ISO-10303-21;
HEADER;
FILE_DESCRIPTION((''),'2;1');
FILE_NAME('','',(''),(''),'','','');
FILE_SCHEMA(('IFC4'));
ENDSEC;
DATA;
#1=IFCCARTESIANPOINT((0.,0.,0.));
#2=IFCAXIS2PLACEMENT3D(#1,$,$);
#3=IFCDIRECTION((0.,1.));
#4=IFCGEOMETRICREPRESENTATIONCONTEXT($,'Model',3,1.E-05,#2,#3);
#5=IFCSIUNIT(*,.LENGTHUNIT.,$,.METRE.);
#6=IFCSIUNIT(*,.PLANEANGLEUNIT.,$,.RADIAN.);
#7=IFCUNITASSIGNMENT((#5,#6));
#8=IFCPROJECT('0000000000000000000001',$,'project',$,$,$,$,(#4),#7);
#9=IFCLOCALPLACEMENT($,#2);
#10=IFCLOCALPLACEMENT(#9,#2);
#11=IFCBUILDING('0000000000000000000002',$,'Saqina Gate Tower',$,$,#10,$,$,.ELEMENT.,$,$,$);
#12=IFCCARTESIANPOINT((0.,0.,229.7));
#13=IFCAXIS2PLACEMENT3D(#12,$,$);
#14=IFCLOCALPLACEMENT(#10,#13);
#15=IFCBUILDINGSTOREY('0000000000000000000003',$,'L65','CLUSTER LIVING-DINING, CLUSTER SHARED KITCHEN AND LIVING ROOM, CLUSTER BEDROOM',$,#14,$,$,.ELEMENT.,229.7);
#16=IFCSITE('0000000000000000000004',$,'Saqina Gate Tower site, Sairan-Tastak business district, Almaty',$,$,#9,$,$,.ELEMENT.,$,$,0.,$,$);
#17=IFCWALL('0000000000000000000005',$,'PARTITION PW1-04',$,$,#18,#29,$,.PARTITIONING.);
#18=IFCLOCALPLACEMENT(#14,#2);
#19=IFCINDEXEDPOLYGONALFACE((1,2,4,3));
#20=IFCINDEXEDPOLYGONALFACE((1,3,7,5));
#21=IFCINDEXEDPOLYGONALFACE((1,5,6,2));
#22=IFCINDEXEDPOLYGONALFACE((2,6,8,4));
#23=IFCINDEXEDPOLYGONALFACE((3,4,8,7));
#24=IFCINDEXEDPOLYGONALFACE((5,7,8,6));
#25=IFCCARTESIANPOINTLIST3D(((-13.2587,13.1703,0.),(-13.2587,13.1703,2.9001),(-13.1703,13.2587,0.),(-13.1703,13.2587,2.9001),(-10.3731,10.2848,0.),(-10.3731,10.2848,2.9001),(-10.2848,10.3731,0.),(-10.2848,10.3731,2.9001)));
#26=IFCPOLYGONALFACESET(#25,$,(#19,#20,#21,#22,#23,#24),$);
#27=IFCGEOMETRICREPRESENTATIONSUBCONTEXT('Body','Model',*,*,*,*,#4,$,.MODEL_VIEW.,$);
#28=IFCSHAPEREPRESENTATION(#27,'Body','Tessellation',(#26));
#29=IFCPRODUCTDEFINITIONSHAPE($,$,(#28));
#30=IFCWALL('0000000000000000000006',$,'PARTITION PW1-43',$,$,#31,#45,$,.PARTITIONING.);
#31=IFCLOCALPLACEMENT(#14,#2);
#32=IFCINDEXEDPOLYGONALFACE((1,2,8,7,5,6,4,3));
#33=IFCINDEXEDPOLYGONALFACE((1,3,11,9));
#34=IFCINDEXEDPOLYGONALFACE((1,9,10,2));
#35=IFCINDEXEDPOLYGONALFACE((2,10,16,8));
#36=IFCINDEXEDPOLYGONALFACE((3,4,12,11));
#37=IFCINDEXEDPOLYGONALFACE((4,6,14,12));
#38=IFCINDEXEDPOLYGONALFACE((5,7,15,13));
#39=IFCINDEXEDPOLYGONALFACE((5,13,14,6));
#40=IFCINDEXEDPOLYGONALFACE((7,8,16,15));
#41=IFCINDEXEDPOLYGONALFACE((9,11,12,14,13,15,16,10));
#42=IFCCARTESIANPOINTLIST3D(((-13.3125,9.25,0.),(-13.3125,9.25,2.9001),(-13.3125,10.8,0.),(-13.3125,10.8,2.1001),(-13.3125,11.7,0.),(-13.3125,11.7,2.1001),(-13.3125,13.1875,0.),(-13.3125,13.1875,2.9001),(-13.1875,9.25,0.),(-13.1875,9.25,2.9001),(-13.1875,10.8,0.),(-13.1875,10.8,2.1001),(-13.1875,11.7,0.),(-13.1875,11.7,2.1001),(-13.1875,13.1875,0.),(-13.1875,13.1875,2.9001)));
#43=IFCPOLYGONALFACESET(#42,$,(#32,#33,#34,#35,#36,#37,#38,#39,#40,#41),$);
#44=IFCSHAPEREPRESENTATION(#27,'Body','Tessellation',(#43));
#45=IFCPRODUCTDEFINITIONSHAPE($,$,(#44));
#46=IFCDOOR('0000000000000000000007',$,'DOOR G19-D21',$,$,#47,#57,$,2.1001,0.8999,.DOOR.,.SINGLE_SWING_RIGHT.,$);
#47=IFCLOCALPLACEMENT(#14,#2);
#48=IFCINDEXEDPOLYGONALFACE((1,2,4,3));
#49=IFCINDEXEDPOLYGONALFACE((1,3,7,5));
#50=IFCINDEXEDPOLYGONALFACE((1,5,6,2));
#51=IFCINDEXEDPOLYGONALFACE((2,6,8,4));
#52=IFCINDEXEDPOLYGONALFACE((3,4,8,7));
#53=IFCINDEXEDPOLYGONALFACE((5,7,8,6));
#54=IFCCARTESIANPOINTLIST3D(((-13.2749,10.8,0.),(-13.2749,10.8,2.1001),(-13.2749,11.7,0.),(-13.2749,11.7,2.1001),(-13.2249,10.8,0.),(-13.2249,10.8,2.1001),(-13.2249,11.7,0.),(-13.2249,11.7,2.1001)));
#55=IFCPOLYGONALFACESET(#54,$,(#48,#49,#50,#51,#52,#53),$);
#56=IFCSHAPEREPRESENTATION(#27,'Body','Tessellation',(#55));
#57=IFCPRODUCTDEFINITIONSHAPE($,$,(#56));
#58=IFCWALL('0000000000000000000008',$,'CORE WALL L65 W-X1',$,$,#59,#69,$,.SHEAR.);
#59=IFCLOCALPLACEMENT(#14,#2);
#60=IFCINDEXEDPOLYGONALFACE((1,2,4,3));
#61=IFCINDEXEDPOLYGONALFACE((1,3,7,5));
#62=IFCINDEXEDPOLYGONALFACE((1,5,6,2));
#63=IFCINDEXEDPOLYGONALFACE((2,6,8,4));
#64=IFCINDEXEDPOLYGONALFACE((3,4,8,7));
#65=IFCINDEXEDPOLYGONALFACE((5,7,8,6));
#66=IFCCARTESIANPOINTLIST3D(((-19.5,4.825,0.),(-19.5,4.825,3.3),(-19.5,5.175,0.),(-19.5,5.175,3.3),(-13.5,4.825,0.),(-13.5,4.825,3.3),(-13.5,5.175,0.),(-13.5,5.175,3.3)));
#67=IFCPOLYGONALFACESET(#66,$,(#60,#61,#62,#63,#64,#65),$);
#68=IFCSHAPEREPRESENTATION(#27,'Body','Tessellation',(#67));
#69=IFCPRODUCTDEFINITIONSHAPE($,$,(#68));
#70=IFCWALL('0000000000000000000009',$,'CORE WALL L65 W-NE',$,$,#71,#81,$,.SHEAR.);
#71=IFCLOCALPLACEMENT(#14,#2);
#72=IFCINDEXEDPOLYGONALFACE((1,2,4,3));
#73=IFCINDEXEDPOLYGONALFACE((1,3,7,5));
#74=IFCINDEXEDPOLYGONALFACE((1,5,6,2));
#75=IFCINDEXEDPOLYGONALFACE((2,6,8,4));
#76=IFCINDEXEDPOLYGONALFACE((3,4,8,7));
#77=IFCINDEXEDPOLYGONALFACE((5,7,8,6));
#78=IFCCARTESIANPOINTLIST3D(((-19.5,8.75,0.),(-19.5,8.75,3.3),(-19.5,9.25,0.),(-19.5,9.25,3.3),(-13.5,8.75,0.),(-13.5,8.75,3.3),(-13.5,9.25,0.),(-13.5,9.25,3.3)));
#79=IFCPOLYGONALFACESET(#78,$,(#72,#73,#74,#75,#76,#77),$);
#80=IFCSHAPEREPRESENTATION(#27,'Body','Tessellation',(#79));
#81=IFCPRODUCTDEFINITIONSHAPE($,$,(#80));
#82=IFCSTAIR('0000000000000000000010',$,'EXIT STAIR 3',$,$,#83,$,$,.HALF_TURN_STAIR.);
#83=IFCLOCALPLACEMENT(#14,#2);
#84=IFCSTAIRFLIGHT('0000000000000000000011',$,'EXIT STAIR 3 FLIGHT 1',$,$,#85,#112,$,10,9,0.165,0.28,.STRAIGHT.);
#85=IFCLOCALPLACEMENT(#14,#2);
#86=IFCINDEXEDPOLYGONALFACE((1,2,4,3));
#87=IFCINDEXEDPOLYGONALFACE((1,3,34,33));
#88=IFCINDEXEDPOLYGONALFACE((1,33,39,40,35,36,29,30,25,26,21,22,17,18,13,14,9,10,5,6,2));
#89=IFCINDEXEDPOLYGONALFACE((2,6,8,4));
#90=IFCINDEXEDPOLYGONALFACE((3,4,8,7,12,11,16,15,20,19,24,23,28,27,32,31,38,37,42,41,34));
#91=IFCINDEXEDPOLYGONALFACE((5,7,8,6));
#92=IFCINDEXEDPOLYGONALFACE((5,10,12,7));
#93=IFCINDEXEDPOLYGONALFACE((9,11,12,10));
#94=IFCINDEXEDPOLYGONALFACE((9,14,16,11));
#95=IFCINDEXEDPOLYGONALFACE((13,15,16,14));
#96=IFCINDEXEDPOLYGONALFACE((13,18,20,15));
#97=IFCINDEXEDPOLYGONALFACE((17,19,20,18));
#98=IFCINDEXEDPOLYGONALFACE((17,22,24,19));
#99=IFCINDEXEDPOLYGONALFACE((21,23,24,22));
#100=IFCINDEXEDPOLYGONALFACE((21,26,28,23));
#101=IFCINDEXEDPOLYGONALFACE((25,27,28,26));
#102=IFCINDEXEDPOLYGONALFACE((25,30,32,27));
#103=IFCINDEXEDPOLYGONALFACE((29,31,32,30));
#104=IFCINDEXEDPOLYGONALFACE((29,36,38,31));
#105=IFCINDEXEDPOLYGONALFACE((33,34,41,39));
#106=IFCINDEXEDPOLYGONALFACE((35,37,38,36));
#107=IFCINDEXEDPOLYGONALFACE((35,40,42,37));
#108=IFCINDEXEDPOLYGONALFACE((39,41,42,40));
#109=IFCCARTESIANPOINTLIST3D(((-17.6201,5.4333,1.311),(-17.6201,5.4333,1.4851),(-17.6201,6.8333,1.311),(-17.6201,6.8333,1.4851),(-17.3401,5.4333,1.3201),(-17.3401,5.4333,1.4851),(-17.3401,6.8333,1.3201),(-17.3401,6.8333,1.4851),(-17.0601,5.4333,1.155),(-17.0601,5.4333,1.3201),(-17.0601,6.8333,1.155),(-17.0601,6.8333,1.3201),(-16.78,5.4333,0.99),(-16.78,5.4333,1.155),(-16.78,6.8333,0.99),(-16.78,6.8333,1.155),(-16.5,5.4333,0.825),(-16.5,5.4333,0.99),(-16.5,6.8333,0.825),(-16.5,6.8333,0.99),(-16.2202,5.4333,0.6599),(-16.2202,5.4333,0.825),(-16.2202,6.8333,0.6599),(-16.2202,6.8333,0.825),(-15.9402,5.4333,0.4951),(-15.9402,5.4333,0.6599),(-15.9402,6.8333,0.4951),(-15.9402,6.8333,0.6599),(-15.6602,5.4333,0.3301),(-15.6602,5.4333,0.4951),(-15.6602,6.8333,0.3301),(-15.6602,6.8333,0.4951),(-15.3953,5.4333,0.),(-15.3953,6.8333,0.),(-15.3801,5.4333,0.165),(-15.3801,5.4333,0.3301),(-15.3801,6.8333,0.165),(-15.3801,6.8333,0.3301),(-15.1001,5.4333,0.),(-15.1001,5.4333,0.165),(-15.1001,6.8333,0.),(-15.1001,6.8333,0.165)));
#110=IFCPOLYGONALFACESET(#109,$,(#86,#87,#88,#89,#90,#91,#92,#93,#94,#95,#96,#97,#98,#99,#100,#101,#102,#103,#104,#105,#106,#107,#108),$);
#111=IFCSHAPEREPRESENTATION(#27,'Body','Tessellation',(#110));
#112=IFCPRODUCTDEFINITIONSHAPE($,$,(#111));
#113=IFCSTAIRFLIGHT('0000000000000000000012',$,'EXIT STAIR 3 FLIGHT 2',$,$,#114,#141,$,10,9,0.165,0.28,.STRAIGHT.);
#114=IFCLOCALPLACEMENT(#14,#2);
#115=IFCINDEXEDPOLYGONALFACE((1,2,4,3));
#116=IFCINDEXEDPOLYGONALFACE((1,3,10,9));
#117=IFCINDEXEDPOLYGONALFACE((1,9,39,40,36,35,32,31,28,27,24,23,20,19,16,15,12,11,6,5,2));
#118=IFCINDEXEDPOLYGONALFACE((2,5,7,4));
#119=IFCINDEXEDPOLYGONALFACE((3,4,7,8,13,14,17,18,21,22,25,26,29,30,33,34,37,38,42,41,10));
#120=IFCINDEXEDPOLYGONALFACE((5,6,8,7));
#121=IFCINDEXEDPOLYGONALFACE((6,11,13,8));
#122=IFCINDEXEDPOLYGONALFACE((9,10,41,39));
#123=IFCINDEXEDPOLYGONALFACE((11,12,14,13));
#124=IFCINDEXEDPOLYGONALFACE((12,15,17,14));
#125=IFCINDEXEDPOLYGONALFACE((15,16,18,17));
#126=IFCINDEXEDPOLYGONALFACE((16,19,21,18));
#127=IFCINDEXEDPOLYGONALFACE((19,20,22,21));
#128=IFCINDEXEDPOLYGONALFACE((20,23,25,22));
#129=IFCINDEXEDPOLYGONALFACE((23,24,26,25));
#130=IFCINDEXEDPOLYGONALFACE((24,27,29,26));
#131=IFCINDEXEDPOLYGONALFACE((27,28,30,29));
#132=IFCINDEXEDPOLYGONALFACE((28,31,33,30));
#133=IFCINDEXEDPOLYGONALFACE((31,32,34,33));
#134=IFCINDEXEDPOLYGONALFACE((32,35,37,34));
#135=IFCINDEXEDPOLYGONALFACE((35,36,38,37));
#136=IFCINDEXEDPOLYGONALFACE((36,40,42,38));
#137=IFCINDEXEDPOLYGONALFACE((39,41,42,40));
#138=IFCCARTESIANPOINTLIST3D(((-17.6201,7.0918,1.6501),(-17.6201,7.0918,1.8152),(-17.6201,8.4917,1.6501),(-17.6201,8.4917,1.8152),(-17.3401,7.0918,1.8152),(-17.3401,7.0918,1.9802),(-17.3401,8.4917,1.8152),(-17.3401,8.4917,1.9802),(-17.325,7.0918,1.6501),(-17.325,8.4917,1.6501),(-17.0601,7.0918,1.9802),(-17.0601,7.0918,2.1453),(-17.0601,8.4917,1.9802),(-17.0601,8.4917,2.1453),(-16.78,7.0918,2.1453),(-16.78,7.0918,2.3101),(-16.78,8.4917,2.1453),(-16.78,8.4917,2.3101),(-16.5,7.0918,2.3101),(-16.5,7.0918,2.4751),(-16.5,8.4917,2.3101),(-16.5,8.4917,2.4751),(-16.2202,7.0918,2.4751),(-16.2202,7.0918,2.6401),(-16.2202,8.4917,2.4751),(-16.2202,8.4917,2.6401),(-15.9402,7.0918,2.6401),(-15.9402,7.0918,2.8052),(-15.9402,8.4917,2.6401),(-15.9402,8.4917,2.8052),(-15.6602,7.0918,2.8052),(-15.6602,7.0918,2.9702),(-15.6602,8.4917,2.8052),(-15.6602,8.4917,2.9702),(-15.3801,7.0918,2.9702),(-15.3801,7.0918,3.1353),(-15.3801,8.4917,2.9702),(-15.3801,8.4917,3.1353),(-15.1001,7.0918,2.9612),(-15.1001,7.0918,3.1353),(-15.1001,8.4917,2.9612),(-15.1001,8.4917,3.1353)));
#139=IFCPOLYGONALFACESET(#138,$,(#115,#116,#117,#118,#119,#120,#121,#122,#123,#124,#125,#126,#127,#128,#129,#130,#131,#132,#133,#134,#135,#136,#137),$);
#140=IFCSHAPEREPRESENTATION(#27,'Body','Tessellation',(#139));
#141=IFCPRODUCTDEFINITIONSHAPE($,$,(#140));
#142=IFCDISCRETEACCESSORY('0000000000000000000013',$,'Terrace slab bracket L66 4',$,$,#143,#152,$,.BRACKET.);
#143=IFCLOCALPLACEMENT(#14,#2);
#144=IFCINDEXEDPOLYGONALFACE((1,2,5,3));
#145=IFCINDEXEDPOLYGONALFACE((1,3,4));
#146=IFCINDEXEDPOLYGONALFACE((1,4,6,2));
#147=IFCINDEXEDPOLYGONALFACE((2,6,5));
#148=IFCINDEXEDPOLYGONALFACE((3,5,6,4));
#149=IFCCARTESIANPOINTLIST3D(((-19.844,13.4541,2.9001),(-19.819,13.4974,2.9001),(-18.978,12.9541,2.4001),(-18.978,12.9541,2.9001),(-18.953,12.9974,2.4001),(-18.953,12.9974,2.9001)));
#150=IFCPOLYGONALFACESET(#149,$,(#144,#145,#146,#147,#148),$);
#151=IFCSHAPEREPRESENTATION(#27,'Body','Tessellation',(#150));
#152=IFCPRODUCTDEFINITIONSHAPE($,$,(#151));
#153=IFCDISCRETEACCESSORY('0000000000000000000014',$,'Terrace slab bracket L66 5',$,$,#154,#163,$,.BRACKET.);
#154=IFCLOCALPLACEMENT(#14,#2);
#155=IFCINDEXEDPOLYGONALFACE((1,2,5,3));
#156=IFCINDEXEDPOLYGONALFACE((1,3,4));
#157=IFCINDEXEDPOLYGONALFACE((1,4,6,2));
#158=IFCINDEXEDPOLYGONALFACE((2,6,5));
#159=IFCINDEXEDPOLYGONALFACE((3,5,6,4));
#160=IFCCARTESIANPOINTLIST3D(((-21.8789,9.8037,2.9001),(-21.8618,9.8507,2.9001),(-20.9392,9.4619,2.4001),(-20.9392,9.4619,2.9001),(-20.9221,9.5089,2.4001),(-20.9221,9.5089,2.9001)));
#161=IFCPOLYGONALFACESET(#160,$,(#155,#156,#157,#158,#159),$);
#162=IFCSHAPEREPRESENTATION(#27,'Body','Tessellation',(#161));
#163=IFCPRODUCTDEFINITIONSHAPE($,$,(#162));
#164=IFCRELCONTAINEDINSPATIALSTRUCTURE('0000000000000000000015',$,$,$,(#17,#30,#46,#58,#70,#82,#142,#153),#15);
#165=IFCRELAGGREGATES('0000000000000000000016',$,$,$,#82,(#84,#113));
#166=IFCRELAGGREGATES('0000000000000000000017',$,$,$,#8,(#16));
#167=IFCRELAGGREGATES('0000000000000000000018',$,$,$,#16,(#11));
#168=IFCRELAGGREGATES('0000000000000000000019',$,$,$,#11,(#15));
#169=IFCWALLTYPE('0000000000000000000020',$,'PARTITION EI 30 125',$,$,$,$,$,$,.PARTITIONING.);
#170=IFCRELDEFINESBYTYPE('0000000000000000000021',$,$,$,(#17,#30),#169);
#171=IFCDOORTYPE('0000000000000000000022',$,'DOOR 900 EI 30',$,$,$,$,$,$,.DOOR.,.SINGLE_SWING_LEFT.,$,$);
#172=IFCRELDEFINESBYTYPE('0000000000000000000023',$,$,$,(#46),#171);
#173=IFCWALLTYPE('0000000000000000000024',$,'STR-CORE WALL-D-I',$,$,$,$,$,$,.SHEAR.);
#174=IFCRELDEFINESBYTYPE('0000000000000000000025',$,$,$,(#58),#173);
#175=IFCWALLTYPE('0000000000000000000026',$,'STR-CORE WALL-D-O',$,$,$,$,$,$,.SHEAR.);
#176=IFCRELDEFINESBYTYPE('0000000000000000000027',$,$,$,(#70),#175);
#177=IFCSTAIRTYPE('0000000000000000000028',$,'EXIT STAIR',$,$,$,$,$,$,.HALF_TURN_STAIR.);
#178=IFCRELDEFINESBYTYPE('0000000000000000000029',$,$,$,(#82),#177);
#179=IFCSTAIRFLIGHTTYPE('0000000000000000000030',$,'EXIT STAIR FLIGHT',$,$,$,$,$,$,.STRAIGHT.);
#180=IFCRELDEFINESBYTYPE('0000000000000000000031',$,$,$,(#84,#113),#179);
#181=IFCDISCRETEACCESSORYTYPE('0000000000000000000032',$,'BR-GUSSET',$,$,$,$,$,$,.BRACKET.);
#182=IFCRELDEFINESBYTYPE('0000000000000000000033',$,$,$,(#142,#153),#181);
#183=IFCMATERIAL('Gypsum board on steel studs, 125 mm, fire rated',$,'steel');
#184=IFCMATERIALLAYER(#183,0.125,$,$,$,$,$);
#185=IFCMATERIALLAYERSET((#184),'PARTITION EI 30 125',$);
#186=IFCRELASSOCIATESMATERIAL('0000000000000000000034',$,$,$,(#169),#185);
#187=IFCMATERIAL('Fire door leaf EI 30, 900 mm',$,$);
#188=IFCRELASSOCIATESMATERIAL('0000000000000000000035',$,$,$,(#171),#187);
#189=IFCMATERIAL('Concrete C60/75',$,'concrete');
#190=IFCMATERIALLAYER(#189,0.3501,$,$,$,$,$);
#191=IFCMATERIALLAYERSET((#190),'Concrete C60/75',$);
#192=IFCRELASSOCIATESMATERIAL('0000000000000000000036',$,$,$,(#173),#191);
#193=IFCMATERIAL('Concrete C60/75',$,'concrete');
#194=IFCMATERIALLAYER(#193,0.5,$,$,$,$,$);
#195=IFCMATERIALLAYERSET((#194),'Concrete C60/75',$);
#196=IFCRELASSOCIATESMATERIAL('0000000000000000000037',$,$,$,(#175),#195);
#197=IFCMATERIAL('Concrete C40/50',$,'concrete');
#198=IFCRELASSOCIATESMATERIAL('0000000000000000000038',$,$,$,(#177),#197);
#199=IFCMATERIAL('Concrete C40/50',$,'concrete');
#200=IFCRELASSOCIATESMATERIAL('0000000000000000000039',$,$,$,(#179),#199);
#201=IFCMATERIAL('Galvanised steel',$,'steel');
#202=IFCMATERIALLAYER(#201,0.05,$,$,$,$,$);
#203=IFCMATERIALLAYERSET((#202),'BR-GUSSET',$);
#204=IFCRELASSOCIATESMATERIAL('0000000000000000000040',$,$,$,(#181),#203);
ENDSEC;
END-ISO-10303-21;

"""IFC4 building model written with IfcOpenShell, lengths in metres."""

from ifc_helpers import new_model, si_unit, direction, frame, frame_2d, origin, place, context, subcontext, project, spatial, polyline, rectangle, outline, extrude, material, layer, layer_set, type_object, element, fill, aggregate, save


model = new_model("IFC4")

# Units and contexts
model_context = context("Model", 3, precision=1e-05, world=origin(), true_north=direction((0.0, 1.0)))
body_context = subcontext(model_context, "Body", "Model", "MODEL_VIEW")
ifc_project = project(units=[si_unit("LENGTHUNIT", "METRE"), si_unit("PLANEANGLEUNIT", "RADIAN")], contexts=[model_context])

# Site, building, storey
site_placement = place(None, origin())
site = spatial("IfcSite", under=ifc_project, at=site_placement, Name="Saqina Gate Tower site, Sairan-Tastak business district, Almaty", CompositionType="ELEMENT", RefElevation=0.0)
building_placement = place(site_placement, origin())
building = spatial("IfcBuilding", under=site, at=building_placement, Name="Saqina Gate Tower", CompositionType="ELEMENT")
storey_placement = place(building_placement, frame((0.0, 0.0, 229.7)))
storey = spatial("IfcBuildingStorey", under=building, at=storey_placement, Name="L65", Description="CLUSTER LIVING-DINING, CLUSTER SHARED KITCHEN AND LIVING ROOM, CLUSTER BEDROOM", CompositionType="ELEMENT", Elevation=229.7)

# Wall
ifc_material_1 = material(Name="Gypsum board on steel studs, 125 mm, fire rated", Category="steel")
ifc_layer_1 = layer(ifc_material_1, 0.125)
ifc_layer_set_1 = layer_set([ifc_layer_1], Name="PARTITION EI 30 125")
wall_type_1 = type_object("IfcWallType", Name="PARTITION EI 30 125", PredefinedType="PARTITIONING", material=ifc_layer_set_1)
wall_1_placement = place(storey_placement, frame((-13.2146, 13.2146, 0.0), z_axis=(0.0, 0.0, 1.0), x_axis=(0.707107, -0.707107, 0.0)))
element("IfcWall", 1, at=wall_1_placement, inside=storey, type_object=wall_type_1, Name="PARTITION PW1-04", PredefinedType="PARTITIONING", context=body_context, shape_type="SweptSolid", body=[
    extrude(rectangle(XDim=4.0808, YDim=0.125, at=frame_2d((2.0405, 0.0))), origin(), (0.0, 0.0, 1.0), 2.9001),
])

# Wall, opening, door
wall_2_placement = place(storey_placement, frame((-13.25, 9.25, 0.0), z_axis=(0.0, 0.0, 1.0), x_axis=(0.0, 1.0, 0.0)))
wall_2 = element("IfcWall", 2, at=wall_2_placement, inside=storey, type_object=wall_type_1, Name="PARTITION PW1-43", PredefinedType="PARTITIONING", context=body_context, shape_type="SweptSolid", body=[
    extrude(rectangle(XDim=3.9375, YDim=0.125, at=frame_2d((1.9688, 0.0))), origin(), (0.0, 0.0, 1.0), 2.9001),
])
opening_1_placement = place(wall_2_placement, frame((1.55, 0.0, 0.0)))
opening_1 = element("IfcOpeningElement", 3, at=opening_1_placement, cuts=wall_2, PredefinedType="OPENING", context=body_context, shape_type="SweptSolid", body=[
    extrude(rectangle(XDim=0.8999, YDim=2.1001, at=frame_2d((0.45, 1.05))), frame((0.0, 0.0745, 0.0), z_axis=(0.0, -1.0, 0.0), x_axis=(1.0, 0.0, 0.0)), (0.0, 0.0, 1.0), 0.1489),
])
ifc_material_2 = material(Name="Fire door leaf EI 30, 900 mm")
door_type = type_object("IfcDoorType", Name="DOOR 900 EI 30", OperationType="SINGLE_SWING_LEFT", PredefinedType="DOOR", material=ifc_material_2)
door_placement = place(opening_1_placement, origin())
door = element("IfcDoor", 4, at=door_placement, inside=storey, type_object=door_type, Name="DOOR G19-D21", OperationType="SINGLE_SWING_RIGHT", OverallHeight=2.1001, OverallWidth=0.8999, PredefinedType="DOOR", context=body_context, shape_type="SweptSolid", body=[
    extrude(rectangle(XDim=0.8999, YDim=2.1001, at=frame_2d((0.45, 1.05))), frame((0.0, 0.0249, 0.0), z_axis=(0.0, -1.0, 0.0), x_axis=(1.0, 0.0, 0.0)), (0.0, 0.0, 1.0), 0.05),
])
fill(opening_1, door)

# Walls
ifc_material_3 = material(Name="Concrete C60/75", Category="concrete")
ifc_layer_2 = layer(ifc_material_3, 0.3501)
ifc_layer_set_2 = layer_set([ifc_layer_2], Name="Concrete C60/75")
wall_type_2 = type_object("IfcWallType", Name="STR-CORE WALL-D-I", PredefinedType="SHEAR", material=ifc_layer_set_2)
wall_3_placement = place(storey_placement, frame((-13.5, 5.0, 0.0), z_axis=(0.0, 0.0, 1.0), x_axis=(-1.0, 0.0, 0.0)))
element("IfcWall", 5, at=wall_3_placement, inside=storey, type_object=wall_type_2, Name="CORE WALL L65 W-X1", PredefinedType="SHEAR", context=body_context, shape_type="SweptSolid", body=[
    extrude(rectangle(XDim=6.0, YDim=0.3501, at=frame_2d((3.0, 0.0))), origin(), (0.0, 0.0, 1.0), 3.3),
])
ifc_material_4 = material(Name="Concrete C60/75", Category="concrete")
ifc_layer_3 = layer(ifc_material_4, 0.5)
ifc_layer_set_3 = layer_set([ifc_layer_3], Name="Concrete C60/75")
wall_type_3 = type_object("IfcWallType", Name="STR-CORE WALL-D-O", PredefinedType="SHEAR", material=ifc_layer_set_3)
wall_4_placement = place(storey_placement, frame((-13.5, 9.0, 0.0), z_axis=(0.0, 0.0, 1.0), x_axis=(-1.0, 0.0, 0.0)))
element("IfcWall", 6, at=wall_4_placement, inside=storey, type_object=wall_type_3, Name="CORE WALL L65 W-NE", PredefinedType="SHEAR", context=body_context, shape_type="SweptSolid", body=[
    extrude(rectangle(XDim=6.0, YDim=0.5, at=frame_2d((3.0, 0.0))), origin(), (0.0, 0.0, 1.0), 3.3),
])

# Stair, stair flights
ifc_material_5 = material(Name="Concrete C40/50", Category="concrete")
stair_type = type_object("IfcStairType", Name="EXIT STAIR", PredefinedType="HALF_TURN_STAIR", material=ifc_material_5)
stair_placement = place(storey_placement, origin())
stair = element("IfcStair", 7, at=stair_placement, inside=storey, type_object=stair_type, Name="EXIT STAIR 3", PredefinedType="HALF_TURN_STAIR")
ifc_material_6 = material(Name="Concrete C40/50", Category="concrete")
stair_flight_type = type_object("IfcStairFlightType", Name="EXIT STAIR FLIGHT", PredefinedType="STRAIGHT", material=ifc_material_6)
stair_flight_1_placement = place(storey_placement, frame((-15.1001, 6.1333, 0.0), z_axis=(0.0, 0.0, 1.0), x_axis=(-1.0, 0.0, 0.0)))
stair_flight_1 = element("IfcStairFlight", 8, at=stair_flight_1_placement, type_object=stair_flight_type, Name="EXIT STAIR 3 FLIGHT 1", NumberOfRisers=10, NumberOfTreads=9, PredefinedType="STRAIGHT", RiserHeight=0.165, TreadLength=0.28, context=body_context, shape_type="SweptSolid", body=[
    extrude(outline(polyline([(0.0, 0.0), (0.0, 0.165), (0.28, 0.165), (0.28, 0.3301), (0.5601, 0.3301), (0.5601, 0.4951), (0.8401, 0.4951), (0.8401, 0.6599), (1.1201, 0.6599), (1.1201, 0.825), (1.3999, 0.825), (1.3999, 0.99), (1.6799, 0.99), (1.6799, 1.155), (1.96, 1.155), (1.96, 1.3201), (2.24, 1.3201), (2.24, 1.4851), (2.52, 1.4851), (2.52, 1.6499), (2.52, 1.311), (0.2952, 0.0), (0.0, 0.0)])), frame((0.0, 0.7, 0.0), z_axis=(0.0, -1.0, 0.0), x_axis=(1.0, 0.0, 0.0)), (0.0, 0.0, 1.0), 1.3999),
])
stair_flight_2_placement = place(storey_placement, frame((-17.6201, 7.7917, 1.6501), z_axis=(0.0, 0.0, 1.0), x_axis=(1.0, 0.0, 0.0)))
stair_flight_2 = element("IfcStairFlight", 9, at=stair_flight_2_placement, type_object=stair_flight_type, Name="EXIT STAIR 3 FLIGHT 2", NumberOfRisers=10, NumberOfTreads=9, PredefinedType="STRAIGHT", RiserHeight=0.165, TreadLength=0.28, context=body_context, shape_type="SweptSolid", body=[
    extrude(outline(polyline([(0.0, 0.0), (0.0, 0.165), (0.28, 0.165), (0.28, 0.3301), (0.5601, 0.3301), (0.5601, 0.4951), (0.8401, 0.4951), (0.8401, 0.6599), (1.1201, 0.6599), (1.1201, 0.825), (1.3999, 0.825), (1.3999, 0.99), (1.6799, 0.99), (1.6799, 1.155), (1.96, 1.155), (1.96, 1.3201), (2.24, 1.3201), (2.24, 1.4851), (2.52, 1.4851), (2.52, 1.6499), (2.52, 1.311), (0.2952, 0.0), (0.0, 0.0)])), frame((0.0, 0.7, 0.0), z_axis=(0.0, -1.0, 0.0), x_axis=(1.0, 0.0, 0.0)), (0.0, 0.0, 1.0), 1.3999),
])
aggregate(stair, [stair_flight_1, stair_flight_2])

# Discrete accessories
ifc_material_7 = material(Name="Galvanised steel", Category="steel")
ifc_layer_4 = layer(ifc_material_7, 0.05)
ifc_layer_set_4 = layer_set([ifc_layer_4], Name="BR-GUSSET")
discrete_accessory_type = type_object("IfcDiscreteAccessoryType", Name="BR-GUSSET", PredefinedType="BRACKET", material=ifc_layer_set_4)
discrete_accessory_1_placement = place(storey_placement, frame((-18.978, 12.9541, 2.4001), z_axis=(-0.500025, -0.866011, 0.0), x_axis=(0.0, 0.0, 1.0)))
element("IfcDiscreteAccessory", 10, at=discrete_accessory_1_placement, inside=storey, type_object=discrete_accessory_type, Name="Terrace slab bracket L66 4", PredefinedType="BRACKET", context=body_context, shape_type="SweptSolid", body=[
    extrude(outline(polyline([(0.0, 0.0), (0.5, 0.0), (0.5, 0.9999), (0.0, 0.0)])), origin(), (0.0, 0.0, -1.0), 0.05),
])
discrete_accessory_2_placement = place(storey_placement, frame((-20.9392, 9.4619, 2.4001), z_axis=(-0.341821, -0.939765, 0.0), x_axis=(0.0, 0.0, 1.0)))
element("IfcDiscreteAccessory", 11, at=discrete_accessory_2_placement, inside=storey, type_object=discrete_accessory_type, Name="Terrace slab bracket L66 5", PredefinedType="BRACKET", context=body_context, shape_type="SweptSolid", body=[
    extrude(outline(polyline([(0.0, 0.0), (0.5, 0.0), (0.5, 0.9999), (0.0, 0.0)])), origin(), (0.0, 0.0, -1.0), 0.05),
])

save(model, "model.ifc")
